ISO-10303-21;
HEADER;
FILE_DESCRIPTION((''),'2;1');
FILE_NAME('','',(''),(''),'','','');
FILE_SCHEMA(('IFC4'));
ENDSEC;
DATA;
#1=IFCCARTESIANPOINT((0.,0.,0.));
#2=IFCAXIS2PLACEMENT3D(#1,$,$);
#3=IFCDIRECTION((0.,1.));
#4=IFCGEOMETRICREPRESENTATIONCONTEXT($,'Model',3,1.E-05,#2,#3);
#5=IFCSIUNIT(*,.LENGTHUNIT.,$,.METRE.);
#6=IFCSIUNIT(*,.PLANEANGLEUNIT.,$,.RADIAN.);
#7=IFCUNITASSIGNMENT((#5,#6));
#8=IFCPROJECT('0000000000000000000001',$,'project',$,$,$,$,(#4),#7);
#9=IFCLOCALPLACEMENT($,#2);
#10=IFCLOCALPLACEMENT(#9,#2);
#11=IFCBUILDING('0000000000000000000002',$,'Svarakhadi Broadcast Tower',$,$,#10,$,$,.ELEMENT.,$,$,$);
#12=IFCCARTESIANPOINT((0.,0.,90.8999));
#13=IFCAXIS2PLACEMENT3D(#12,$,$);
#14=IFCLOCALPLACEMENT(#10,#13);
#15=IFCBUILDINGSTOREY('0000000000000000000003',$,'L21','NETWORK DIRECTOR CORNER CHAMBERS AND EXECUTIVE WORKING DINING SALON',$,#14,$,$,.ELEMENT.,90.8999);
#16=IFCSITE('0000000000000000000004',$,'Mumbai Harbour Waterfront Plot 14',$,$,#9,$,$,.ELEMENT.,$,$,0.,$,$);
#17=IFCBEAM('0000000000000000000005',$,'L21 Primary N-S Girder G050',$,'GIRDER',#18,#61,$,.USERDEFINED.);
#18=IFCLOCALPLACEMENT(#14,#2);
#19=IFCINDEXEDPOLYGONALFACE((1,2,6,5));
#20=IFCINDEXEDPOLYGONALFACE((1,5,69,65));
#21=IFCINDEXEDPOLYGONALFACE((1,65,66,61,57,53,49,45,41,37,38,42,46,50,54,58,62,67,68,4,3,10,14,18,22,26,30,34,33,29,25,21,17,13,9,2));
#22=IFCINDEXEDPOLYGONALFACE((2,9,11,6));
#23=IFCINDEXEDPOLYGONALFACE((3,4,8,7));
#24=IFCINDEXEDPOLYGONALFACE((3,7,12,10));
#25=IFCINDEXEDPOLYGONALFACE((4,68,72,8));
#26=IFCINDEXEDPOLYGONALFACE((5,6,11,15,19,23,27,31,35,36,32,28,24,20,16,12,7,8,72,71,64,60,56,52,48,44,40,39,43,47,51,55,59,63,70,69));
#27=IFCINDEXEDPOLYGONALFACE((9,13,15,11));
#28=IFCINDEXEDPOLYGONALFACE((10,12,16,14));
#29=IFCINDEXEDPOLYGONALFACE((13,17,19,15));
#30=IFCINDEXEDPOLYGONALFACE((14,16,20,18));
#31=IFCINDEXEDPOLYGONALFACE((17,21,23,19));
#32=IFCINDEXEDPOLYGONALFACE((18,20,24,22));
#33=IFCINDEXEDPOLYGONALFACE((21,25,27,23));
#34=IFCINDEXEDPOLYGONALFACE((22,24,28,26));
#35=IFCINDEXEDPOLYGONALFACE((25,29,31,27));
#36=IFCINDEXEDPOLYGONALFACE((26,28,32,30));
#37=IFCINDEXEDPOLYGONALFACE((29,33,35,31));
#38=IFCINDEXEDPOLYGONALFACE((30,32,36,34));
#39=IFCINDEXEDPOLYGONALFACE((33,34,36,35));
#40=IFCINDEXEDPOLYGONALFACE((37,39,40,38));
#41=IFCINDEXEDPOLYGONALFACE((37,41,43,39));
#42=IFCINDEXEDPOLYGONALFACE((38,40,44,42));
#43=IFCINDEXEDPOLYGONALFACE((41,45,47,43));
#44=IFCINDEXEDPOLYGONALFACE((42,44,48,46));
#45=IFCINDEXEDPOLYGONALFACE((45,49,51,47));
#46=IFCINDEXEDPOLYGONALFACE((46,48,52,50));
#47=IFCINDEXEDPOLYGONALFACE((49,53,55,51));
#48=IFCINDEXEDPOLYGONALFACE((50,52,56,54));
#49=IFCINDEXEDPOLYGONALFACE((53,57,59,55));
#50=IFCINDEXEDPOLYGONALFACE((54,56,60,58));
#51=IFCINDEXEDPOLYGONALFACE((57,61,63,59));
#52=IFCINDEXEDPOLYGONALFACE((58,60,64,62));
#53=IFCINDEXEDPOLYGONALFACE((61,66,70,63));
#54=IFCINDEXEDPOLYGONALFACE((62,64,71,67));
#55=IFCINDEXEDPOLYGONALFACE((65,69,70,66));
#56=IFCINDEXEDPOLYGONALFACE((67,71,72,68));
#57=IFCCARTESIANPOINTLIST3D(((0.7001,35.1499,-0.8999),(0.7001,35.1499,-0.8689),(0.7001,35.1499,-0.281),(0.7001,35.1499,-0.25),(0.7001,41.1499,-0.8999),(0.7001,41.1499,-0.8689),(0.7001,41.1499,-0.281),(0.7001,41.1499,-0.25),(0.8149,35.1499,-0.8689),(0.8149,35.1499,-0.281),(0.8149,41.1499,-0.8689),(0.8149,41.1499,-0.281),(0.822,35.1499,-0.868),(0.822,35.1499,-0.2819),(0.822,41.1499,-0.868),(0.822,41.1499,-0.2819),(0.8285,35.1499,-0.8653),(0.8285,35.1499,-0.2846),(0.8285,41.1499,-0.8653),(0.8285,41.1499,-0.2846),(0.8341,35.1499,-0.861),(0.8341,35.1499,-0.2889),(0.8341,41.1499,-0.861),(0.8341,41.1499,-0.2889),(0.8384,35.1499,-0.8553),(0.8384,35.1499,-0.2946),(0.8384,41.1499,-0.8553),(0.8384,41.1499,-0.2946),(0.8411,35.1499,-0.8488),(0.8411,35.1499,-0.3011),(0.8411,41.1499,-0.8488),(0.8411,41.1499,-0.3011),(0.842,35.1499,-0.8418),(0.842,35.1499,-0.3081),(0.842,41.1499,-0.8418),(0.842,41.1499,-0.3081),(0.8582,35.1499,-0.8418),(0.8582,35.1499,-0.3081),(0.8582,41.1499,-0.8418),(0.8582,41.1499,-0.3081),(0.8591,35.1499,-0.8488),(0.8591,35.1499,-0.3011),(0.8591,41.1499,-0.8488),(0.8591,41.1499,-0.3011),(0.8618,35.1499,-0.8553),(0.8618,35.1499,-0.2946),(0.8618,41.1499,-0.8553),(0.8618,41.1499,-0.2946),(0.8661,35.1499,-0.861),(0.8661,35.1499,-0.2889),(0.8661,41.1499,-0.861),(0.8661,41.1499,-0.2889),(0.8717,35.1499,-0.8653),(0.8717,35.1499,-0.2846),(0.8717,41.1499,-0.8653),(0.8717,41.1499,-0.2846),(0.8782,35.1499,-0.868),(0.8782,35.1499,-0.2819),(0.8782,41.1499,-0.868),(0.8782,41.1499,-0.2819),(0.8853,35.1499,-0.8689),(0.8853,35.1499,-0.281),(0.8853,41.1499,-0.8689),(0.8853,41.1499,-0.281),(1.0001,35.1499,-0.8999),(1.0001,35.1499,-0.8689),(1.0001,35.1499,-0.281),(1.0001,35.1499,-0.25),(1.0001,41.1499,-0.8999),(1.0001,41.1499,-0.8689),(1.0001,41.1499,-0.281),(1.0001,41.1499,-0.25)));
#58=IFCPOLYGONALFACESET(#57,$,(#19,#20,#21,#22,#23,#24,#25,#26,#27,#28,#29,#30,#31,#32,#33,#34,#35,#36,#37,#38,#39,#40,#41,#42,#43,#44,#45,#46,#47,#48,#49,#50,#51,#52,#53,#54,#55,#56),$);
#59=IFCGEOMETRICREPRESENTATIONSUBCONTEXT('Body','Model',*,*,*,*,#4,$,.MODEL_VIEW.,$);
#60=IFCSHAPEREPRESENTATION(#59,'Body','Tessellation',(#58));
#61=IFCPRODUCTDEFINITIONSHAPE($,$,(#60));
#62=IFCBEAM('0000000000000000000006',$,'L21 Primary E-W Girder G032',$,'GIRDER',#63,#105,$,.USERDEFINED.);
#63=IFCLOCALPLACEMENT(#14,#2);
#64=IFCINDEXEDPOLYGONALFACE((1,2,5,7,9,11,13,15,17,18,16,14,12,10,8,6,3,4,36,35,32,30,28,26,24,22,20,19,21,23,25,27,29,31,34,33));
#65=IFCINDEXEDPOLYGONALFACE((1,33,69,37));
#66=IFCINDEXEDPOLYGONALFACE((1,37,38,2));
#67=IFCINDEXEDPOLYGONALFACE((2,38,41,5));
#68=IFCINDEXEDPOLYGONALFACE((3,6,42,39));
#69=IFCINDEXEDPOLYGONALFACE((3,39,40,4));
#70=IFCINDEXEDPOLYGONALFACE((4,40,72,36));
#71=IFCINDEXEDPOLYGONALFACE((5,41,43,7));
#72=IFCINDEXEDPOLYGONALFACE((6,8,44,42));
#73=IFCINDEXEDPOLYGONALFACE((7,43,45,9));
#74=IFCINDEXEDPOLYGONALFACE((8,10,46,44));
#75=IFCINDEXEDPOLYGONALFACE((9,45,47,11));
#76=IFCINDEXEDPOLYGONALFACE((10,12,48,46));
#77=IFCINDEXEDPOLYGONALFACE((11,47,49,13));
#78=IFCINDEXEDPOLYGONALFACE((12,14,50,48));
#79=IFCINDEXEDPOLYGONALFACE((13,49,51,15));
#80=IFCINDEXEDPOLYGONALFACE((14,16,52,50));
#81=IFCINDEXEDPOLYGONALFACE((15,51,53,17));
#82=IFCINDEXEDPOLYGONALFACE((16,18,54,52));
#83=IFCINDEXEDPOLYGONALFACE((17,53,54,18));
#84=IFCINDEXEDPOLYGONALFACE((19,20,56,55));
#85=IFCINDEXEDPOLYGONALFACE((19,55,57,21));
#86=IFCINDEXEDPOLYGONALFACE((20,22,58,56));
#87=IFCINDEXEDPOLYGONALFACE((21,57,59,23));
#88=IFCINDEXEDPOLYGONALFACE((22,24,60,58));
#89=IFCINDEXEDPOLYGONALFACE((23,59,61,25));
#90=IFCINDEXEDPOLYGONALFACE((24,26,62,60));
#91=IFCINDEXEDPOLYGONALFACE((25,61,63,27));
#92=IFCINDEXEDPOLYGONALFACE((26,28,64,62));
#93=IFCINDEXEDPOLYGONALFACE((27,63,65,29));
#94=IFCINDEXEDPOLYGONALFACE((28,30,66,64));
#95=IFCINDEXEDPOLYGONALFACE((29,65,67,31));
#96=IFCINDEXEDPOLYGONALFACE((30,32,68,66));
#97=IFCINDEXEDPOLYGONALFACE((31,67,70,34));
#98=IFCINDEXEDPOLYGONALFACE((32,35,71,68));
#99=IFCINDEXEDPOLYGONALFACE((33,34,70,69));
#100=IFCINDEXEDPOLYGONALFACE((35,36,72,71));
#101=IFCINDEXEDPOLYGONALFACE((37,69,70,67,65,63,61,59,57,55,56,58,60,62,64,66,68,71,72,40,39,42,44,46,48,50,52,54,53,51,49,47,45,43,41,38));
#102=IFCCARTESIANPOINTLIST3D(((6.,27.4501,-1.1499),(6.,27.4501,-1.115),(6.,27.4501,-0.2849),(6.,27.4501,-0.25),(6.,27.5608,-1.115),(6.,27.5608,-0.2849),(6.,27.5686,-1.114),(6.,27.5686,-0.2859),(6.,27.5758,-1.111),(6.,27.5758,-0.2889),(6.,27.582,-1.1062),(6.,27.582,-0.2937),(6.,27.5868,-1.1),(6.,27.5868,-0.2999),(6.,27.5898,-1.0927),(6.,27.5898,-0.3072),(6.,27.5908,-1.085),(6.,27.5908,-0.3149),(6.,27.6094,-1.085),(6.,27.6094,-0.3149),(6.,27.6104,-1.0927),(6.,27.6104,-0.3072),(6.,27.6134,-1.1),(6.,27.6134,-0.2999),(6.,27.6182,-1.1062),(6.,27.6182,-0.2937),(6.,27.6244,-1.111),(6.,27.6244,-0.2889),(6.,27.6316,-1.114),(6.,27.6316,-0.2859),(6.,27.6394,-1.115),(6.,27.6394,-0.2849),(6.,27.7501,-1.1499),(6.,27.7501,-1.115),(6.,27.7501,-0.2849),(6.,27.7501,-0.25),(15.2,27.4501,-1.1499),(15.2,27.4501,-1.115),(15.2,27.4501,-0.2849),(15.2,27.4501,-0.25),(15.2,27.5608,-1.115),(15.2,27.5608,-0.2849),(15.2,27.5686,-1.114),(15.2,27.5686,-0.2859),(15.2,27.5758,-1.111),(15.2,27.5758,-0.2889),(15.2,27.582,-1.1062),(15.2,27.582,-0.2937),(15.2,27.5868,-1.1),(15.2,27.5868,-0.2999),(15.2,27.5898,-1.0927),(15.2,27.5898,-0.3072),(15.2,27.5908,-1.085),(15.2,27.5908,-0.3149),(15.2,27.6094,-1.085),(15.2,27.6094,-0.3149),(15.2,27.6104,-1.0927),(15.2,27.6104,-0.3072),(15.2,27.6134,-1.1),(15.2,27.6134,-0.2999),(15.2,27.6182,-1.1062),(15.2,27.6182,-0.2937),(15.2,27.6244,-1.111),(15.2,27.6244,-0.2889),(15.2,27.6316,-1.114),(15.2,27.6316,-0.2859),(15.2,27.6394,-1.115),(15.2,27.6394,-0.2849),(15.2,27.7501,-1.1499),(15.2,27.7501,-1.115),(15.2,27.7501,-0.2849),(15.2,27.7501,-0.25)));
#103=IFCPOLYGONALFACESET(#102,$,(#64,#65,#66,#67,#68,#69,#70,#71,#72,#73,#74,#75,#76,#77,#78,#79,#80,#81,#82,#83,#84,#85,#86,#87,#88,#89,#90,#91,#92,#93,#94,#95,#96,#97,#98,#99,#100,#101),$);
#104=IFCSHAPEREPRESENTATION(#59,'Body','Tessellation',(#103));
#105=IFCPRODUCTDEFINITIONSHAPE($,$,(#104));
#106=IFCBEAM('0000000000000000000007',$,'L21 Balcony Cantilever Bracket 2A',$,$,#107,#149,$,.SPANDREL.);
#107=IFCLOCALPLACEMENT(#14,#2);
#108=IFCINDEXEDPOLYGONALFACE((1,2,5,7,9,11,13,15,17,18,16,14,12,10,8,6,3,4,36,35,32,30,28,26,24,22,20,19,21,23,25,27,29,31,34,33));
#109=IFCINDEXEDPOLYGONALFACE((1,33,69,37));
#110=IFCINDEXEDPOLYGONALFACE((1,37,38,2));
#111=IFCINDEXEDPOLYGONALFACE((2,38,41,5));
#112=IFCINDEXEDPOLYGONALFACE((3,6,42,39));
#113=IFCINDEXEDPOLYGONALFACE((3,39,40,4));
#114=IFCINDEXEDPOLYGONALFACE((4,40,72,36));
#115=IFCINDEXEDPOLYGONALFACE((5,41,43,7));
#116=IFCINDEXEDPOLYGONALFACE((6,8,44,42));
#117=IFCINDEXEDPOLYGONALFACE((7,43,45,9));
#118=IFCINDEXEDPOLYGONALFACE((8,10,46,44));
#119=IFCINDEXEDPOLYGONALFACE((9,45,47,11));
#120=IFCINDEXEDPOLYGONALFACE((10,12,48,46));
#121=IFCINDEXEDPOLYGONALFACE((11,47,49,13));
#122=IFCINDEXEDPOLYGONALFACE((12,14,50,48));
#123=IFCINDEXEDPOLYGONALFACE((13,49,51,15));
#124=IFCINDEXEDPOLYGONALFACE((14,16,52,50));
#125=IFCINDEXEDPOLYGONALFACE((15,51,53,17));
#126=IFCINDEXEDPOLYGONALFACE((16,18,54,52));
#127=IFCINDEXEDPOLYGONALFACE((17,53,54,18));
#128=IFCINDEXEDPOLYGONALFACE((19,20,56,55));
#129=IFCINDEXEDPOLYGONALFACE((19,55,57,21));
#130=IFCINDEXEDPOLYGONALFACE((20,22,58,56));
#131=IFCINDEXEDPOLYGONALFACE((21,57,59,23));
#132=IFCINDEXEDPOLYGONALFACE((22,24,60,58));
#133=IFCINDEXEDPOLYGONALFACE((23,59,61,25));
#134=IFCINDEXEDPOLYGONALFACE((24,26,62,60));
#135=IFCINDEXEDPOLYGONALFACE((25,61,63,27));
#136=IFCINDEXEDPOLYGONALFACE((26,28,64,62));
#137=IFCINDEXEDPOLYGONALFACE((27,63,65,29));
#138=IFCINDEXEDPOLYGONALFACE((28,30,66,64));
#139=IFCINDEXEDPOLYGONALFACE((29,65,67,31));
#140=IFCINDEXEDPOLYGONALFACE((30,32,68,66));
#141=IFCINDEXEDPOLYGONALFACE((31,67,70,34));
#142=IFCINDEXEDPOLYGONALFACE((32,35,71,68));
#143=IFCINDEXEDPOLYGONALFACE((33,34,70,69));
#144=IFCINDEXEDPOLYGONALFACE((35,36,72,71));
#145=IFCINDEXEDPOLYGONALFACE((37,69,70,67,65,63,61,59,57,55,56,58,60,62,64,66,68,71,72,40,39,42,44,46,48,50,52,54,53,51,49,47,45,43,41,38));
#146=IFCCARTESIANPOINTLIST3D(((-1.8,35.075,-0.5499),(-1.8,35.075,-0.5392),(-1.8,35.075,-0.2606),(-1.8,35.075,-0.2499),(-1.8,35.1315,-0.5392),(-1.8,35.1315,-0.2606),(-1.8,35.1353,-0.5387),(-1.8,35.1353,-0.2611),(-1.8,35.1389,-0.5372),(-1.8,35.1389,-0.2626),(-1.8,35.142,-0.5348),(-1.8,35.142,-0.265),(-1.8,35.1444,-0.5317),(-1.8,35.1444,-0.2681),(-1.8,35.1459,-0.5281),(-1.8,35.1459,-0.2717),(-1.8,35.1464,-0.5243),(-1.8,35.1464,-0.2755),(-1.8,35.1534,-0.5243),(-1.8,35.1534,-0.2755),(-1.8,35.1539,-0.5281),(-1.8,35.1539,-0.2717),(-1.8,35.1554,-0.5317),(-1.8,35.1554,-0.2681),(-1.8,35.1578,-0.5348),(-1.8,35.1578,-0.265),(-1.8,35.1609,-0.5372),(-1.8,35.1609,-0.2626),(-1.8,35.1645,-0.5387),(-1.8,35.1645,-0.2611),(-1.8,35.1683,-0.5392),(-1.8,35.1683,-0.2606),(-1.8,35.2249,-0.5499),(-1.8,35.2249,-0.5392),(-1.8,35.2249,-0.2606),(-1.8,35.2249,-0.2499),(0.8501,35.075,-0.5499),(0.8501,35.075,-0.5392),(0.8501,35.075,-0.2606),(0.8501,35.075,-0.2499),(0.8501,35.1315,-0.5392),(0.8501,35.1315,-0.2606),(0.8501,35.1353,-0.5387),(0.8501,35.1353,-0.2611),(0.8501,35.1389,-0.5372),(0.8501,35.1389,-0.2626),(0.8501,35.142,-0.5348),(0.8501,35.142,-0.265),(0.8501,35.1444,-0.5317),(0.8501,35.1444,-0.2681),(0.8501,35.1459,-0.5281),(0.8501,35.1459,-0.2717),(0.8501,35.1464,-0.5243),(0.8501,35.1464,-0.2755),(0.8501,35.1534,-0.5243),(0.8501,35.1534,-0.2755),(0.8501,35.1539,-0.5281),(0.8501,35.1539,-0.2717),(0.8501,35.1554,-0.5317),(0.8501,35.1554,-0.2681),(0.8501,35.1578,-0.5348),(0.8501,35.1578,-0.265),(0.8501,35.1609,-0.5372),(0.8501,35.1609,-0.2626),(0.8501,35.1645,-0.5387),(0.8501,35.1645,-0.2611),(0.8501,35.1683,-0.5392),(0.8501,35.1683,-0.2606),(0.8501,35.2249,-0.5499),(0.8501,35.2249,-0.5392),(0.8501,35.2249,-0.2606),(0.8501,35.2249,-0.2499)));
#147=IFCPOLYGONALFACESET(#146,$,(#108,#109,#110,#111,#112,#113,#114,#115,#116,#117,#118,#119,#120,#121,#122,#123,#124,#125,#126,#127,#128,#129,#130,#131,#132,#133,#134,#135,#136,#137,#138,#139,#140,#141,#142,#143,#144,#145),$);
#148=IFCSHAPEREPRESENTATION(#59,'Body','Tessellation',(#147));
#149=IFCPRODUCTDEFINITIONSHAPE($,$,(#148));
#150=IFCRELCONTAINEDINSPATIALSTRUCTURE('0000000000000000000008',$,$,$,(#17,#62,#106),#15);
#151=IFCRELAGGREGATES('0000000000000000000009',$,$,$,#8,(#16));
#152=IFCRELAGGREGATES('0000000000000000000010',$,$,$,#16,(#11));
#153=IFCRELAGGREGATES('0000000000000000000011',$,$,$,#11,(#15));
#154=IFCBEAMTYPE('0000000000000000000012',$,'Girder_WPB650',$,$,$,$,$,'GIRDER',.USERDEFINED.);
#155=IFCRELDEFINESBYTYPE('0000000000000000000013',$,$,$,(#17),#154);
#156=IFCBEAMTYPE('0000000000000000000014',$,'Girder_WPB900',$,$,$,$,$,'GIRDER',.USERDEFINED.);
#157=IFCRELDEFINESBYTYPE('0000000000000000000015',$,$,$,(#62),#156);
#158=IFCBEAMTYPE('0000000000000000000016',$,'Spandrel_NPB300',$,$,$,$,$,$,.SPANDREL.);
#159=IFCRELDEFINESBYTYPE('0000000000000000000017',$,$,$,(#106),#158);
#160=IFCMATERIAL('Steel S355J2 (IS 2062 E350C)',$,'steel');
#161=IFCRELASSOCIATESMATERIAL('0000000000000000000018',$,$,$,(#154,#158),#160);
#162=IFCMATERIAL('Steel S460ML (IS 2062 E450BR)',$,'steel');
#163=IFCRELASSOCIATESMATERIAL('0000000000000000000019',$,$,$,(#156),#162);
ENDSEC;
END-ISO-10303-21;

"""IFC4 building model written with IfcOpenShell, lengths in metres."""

from ifc_helpers import new_model, si_unit, direction, frame, origin, origin_2d, place, context, subcontext, project, spatial, i_section, extrude, material, material_profile, profile_set, type_object, element, save


model = new_model("IFC4")

# Units and contexts
model_context = context("Model", 3, precision=1e-05, world=origin(), true_north=direction((0.0, 1.0)))
body_context = subcontext(model_context, "Body", "Model", "MODEL_VIEW")
ifc_project = project(units=[si_unit("LENGTHUNIT", "METRE"), si_unit("PLANEANGLEUNIT", "RADIAN")], contexts=[model_context])

# Site, building, storey
site_placement = place(None, origin())
site = spatial("IfcSite", under=ifc_project, at=site_placement, Name="Mumbai Harbour Waterfront Plot 14", CompositionType="ELEMENT", RefElevation=0.0)
building_placement = place(site_placement, origin())
building = spatial("IfcBuilding", under=site, at=building_placement, Name="Svarakhadi Broadcast Tower", CompositionType="ELEMENT")
storey_placement = place(building_placement, frame((0.0, 0.0, 90.8999)))
storey = spatial("IfcBuildingStorey", under=building, at=storey_placement, Name="L21", Description="NETWORK DIRECTOR CORNER CHAMBERS AND EXECUTIVE WORKING DINING SALON", CompositionType="ELEMENT", Elevation=90.8999)

# Shared definitions
ifc_material_1 = material(Name="Steel S460ML (IS 2062 E450BR)", Category="steel")

# Shared definitions
ifc_material_2 = material(Name="Steel S355J2 (IS 2062 E350C)", Category="steel")

# Beams
ifc_material_profile_1 = material_profile(ifc_material_2, i_section(OverallWidth=0.3, OverallDepth=0.6499, WebThickness=0.0161, FlangeThickness=0.031, FilletRadius=0.0271, at=origin_2d()), Name="WPB 650x300x225")
ifc_profile_set_1 = profile_set([ifc_material_profile_1], Name="Steel S355J2 (IS 2062 E350C)")
beam_type_1 = type_object("IfcBeamType", Name="Girder_WPB650", ElementType="GIRDER", PredefinedType="USERDEFINED", material=ifc_profile_set_1)
for number, where, z_axis, x_axis, name in (
    (1, (0.8501, 35.1499, -0.575), (0.0, 1.0, 0.0), (-1.0, 0.0, 0.0), "L21 Primary N-S Girder G050"),
):
    element("IfcBeam", number, at=place(storey_placement, frame(where, z_axis=z_axis, x_axis=x_axis)), inside=storey, type_object=beam_type_1, Name=name, ObjectType="GIRDER", PredefinedType="USERDEFINED", context=body_context, shape_type="SweptSolid", body=[
        extrude(i_section(OverallWidth=0.3, OverallDepth=0.6499, WebThickness=0.0161, FlangeThickness=0.031, FilletRadius=0.0271, at=origin_2d()), origin(), (0.0, 0.0, 1.0), 6.0),
    ])
ifc_material_profile_2 = material_profile(ifc_material_1, i_section(OverallWidth=0.3, OverallDepth=0.8999, WebThickness=0.0186, FlangeThickness=0.0349, FilletRadius=0.03, at=origin_2d()), Name="WPB 900x300x291")
ifc_profile_set_2 = profile_set([ifc_material_profile_2], Name="Steel S460ML (IS 2062 E450BR)")
beam_type_2 = type_object("IfcBeamType", Name="Girder_WPB900", ElementType="GIRDER", PredefinedType="USERDEFINED", material=ifc_profile_set_2)
beam_1_placement = place(storey_placement, frame((6.0, 27.6001, -0.7), z_axis=(1.0, 0.0, 0.0), x_axis=(0.0, 1.0, 0.0)))
element("IfcBeam", 2, at=beam_1_placement, inside=storey, type_object=beam_type_2, Name="L21 Primary E-W Girder G032", ObjectType="GIRDER", PredefinedType="USERDEFINED", context=body_context, shape_type="SweptSolid", body=[
    extrude(i_section(OverallWidth=0.3, OverallDepth=0.8999, WebThickness=0.0186, FlangeThickness=0.0349, FilletRadius=0.03, at=origin_2d()), origin(), (0.0, 0.0, 1.0), 9.2),
])
ifc_material_profile_3 = material_profile(ifc_material_2, i_section(OverallWidth=0.1499, OverallDepth=0.3, WebThickness=0.0071, FlangeThickness=0.0107, FilletRadius=0.0149, at=origin_2d()), Name="NPB 300x150x37")
ifc_profile_set_3 = profile_set([ifc_material_profile_3], Name="Steel S355J2 (IS 2062 E350C)")
beam_type_3 = type_object("IfcBeamType", Name="Spandrel_NPB300", PredefinedType="SPANDREL", material=ifc_profile_set_3)
beam_2_placement = place(storey_placement, frame((0.8501, 35.1499, -0.3999), z_axis=(-1.0, 0.0, 0.0), x_axis=(0.0, -1.0, 0.0)))
element("IfcBeam", 3, at=beam_2_placement, inside=storey, type_object=beam_type_3, Name="L21 Balcony Cantilever Bracket 2A", PredefinedType="SPANDREL", context=body_context, shape_type="SweptSolid", body=[
    extrude(i_section(OverallWidth=0.1499, OverallDepth=0.3, WebThickness=0.0071, FlangeThickness=0.0107, FilletRadius=0.0149, at=origin_2d()), origin(), (0.0, 0.0, 1.0), 2.6501),
])

save(model, "model.ifc")
